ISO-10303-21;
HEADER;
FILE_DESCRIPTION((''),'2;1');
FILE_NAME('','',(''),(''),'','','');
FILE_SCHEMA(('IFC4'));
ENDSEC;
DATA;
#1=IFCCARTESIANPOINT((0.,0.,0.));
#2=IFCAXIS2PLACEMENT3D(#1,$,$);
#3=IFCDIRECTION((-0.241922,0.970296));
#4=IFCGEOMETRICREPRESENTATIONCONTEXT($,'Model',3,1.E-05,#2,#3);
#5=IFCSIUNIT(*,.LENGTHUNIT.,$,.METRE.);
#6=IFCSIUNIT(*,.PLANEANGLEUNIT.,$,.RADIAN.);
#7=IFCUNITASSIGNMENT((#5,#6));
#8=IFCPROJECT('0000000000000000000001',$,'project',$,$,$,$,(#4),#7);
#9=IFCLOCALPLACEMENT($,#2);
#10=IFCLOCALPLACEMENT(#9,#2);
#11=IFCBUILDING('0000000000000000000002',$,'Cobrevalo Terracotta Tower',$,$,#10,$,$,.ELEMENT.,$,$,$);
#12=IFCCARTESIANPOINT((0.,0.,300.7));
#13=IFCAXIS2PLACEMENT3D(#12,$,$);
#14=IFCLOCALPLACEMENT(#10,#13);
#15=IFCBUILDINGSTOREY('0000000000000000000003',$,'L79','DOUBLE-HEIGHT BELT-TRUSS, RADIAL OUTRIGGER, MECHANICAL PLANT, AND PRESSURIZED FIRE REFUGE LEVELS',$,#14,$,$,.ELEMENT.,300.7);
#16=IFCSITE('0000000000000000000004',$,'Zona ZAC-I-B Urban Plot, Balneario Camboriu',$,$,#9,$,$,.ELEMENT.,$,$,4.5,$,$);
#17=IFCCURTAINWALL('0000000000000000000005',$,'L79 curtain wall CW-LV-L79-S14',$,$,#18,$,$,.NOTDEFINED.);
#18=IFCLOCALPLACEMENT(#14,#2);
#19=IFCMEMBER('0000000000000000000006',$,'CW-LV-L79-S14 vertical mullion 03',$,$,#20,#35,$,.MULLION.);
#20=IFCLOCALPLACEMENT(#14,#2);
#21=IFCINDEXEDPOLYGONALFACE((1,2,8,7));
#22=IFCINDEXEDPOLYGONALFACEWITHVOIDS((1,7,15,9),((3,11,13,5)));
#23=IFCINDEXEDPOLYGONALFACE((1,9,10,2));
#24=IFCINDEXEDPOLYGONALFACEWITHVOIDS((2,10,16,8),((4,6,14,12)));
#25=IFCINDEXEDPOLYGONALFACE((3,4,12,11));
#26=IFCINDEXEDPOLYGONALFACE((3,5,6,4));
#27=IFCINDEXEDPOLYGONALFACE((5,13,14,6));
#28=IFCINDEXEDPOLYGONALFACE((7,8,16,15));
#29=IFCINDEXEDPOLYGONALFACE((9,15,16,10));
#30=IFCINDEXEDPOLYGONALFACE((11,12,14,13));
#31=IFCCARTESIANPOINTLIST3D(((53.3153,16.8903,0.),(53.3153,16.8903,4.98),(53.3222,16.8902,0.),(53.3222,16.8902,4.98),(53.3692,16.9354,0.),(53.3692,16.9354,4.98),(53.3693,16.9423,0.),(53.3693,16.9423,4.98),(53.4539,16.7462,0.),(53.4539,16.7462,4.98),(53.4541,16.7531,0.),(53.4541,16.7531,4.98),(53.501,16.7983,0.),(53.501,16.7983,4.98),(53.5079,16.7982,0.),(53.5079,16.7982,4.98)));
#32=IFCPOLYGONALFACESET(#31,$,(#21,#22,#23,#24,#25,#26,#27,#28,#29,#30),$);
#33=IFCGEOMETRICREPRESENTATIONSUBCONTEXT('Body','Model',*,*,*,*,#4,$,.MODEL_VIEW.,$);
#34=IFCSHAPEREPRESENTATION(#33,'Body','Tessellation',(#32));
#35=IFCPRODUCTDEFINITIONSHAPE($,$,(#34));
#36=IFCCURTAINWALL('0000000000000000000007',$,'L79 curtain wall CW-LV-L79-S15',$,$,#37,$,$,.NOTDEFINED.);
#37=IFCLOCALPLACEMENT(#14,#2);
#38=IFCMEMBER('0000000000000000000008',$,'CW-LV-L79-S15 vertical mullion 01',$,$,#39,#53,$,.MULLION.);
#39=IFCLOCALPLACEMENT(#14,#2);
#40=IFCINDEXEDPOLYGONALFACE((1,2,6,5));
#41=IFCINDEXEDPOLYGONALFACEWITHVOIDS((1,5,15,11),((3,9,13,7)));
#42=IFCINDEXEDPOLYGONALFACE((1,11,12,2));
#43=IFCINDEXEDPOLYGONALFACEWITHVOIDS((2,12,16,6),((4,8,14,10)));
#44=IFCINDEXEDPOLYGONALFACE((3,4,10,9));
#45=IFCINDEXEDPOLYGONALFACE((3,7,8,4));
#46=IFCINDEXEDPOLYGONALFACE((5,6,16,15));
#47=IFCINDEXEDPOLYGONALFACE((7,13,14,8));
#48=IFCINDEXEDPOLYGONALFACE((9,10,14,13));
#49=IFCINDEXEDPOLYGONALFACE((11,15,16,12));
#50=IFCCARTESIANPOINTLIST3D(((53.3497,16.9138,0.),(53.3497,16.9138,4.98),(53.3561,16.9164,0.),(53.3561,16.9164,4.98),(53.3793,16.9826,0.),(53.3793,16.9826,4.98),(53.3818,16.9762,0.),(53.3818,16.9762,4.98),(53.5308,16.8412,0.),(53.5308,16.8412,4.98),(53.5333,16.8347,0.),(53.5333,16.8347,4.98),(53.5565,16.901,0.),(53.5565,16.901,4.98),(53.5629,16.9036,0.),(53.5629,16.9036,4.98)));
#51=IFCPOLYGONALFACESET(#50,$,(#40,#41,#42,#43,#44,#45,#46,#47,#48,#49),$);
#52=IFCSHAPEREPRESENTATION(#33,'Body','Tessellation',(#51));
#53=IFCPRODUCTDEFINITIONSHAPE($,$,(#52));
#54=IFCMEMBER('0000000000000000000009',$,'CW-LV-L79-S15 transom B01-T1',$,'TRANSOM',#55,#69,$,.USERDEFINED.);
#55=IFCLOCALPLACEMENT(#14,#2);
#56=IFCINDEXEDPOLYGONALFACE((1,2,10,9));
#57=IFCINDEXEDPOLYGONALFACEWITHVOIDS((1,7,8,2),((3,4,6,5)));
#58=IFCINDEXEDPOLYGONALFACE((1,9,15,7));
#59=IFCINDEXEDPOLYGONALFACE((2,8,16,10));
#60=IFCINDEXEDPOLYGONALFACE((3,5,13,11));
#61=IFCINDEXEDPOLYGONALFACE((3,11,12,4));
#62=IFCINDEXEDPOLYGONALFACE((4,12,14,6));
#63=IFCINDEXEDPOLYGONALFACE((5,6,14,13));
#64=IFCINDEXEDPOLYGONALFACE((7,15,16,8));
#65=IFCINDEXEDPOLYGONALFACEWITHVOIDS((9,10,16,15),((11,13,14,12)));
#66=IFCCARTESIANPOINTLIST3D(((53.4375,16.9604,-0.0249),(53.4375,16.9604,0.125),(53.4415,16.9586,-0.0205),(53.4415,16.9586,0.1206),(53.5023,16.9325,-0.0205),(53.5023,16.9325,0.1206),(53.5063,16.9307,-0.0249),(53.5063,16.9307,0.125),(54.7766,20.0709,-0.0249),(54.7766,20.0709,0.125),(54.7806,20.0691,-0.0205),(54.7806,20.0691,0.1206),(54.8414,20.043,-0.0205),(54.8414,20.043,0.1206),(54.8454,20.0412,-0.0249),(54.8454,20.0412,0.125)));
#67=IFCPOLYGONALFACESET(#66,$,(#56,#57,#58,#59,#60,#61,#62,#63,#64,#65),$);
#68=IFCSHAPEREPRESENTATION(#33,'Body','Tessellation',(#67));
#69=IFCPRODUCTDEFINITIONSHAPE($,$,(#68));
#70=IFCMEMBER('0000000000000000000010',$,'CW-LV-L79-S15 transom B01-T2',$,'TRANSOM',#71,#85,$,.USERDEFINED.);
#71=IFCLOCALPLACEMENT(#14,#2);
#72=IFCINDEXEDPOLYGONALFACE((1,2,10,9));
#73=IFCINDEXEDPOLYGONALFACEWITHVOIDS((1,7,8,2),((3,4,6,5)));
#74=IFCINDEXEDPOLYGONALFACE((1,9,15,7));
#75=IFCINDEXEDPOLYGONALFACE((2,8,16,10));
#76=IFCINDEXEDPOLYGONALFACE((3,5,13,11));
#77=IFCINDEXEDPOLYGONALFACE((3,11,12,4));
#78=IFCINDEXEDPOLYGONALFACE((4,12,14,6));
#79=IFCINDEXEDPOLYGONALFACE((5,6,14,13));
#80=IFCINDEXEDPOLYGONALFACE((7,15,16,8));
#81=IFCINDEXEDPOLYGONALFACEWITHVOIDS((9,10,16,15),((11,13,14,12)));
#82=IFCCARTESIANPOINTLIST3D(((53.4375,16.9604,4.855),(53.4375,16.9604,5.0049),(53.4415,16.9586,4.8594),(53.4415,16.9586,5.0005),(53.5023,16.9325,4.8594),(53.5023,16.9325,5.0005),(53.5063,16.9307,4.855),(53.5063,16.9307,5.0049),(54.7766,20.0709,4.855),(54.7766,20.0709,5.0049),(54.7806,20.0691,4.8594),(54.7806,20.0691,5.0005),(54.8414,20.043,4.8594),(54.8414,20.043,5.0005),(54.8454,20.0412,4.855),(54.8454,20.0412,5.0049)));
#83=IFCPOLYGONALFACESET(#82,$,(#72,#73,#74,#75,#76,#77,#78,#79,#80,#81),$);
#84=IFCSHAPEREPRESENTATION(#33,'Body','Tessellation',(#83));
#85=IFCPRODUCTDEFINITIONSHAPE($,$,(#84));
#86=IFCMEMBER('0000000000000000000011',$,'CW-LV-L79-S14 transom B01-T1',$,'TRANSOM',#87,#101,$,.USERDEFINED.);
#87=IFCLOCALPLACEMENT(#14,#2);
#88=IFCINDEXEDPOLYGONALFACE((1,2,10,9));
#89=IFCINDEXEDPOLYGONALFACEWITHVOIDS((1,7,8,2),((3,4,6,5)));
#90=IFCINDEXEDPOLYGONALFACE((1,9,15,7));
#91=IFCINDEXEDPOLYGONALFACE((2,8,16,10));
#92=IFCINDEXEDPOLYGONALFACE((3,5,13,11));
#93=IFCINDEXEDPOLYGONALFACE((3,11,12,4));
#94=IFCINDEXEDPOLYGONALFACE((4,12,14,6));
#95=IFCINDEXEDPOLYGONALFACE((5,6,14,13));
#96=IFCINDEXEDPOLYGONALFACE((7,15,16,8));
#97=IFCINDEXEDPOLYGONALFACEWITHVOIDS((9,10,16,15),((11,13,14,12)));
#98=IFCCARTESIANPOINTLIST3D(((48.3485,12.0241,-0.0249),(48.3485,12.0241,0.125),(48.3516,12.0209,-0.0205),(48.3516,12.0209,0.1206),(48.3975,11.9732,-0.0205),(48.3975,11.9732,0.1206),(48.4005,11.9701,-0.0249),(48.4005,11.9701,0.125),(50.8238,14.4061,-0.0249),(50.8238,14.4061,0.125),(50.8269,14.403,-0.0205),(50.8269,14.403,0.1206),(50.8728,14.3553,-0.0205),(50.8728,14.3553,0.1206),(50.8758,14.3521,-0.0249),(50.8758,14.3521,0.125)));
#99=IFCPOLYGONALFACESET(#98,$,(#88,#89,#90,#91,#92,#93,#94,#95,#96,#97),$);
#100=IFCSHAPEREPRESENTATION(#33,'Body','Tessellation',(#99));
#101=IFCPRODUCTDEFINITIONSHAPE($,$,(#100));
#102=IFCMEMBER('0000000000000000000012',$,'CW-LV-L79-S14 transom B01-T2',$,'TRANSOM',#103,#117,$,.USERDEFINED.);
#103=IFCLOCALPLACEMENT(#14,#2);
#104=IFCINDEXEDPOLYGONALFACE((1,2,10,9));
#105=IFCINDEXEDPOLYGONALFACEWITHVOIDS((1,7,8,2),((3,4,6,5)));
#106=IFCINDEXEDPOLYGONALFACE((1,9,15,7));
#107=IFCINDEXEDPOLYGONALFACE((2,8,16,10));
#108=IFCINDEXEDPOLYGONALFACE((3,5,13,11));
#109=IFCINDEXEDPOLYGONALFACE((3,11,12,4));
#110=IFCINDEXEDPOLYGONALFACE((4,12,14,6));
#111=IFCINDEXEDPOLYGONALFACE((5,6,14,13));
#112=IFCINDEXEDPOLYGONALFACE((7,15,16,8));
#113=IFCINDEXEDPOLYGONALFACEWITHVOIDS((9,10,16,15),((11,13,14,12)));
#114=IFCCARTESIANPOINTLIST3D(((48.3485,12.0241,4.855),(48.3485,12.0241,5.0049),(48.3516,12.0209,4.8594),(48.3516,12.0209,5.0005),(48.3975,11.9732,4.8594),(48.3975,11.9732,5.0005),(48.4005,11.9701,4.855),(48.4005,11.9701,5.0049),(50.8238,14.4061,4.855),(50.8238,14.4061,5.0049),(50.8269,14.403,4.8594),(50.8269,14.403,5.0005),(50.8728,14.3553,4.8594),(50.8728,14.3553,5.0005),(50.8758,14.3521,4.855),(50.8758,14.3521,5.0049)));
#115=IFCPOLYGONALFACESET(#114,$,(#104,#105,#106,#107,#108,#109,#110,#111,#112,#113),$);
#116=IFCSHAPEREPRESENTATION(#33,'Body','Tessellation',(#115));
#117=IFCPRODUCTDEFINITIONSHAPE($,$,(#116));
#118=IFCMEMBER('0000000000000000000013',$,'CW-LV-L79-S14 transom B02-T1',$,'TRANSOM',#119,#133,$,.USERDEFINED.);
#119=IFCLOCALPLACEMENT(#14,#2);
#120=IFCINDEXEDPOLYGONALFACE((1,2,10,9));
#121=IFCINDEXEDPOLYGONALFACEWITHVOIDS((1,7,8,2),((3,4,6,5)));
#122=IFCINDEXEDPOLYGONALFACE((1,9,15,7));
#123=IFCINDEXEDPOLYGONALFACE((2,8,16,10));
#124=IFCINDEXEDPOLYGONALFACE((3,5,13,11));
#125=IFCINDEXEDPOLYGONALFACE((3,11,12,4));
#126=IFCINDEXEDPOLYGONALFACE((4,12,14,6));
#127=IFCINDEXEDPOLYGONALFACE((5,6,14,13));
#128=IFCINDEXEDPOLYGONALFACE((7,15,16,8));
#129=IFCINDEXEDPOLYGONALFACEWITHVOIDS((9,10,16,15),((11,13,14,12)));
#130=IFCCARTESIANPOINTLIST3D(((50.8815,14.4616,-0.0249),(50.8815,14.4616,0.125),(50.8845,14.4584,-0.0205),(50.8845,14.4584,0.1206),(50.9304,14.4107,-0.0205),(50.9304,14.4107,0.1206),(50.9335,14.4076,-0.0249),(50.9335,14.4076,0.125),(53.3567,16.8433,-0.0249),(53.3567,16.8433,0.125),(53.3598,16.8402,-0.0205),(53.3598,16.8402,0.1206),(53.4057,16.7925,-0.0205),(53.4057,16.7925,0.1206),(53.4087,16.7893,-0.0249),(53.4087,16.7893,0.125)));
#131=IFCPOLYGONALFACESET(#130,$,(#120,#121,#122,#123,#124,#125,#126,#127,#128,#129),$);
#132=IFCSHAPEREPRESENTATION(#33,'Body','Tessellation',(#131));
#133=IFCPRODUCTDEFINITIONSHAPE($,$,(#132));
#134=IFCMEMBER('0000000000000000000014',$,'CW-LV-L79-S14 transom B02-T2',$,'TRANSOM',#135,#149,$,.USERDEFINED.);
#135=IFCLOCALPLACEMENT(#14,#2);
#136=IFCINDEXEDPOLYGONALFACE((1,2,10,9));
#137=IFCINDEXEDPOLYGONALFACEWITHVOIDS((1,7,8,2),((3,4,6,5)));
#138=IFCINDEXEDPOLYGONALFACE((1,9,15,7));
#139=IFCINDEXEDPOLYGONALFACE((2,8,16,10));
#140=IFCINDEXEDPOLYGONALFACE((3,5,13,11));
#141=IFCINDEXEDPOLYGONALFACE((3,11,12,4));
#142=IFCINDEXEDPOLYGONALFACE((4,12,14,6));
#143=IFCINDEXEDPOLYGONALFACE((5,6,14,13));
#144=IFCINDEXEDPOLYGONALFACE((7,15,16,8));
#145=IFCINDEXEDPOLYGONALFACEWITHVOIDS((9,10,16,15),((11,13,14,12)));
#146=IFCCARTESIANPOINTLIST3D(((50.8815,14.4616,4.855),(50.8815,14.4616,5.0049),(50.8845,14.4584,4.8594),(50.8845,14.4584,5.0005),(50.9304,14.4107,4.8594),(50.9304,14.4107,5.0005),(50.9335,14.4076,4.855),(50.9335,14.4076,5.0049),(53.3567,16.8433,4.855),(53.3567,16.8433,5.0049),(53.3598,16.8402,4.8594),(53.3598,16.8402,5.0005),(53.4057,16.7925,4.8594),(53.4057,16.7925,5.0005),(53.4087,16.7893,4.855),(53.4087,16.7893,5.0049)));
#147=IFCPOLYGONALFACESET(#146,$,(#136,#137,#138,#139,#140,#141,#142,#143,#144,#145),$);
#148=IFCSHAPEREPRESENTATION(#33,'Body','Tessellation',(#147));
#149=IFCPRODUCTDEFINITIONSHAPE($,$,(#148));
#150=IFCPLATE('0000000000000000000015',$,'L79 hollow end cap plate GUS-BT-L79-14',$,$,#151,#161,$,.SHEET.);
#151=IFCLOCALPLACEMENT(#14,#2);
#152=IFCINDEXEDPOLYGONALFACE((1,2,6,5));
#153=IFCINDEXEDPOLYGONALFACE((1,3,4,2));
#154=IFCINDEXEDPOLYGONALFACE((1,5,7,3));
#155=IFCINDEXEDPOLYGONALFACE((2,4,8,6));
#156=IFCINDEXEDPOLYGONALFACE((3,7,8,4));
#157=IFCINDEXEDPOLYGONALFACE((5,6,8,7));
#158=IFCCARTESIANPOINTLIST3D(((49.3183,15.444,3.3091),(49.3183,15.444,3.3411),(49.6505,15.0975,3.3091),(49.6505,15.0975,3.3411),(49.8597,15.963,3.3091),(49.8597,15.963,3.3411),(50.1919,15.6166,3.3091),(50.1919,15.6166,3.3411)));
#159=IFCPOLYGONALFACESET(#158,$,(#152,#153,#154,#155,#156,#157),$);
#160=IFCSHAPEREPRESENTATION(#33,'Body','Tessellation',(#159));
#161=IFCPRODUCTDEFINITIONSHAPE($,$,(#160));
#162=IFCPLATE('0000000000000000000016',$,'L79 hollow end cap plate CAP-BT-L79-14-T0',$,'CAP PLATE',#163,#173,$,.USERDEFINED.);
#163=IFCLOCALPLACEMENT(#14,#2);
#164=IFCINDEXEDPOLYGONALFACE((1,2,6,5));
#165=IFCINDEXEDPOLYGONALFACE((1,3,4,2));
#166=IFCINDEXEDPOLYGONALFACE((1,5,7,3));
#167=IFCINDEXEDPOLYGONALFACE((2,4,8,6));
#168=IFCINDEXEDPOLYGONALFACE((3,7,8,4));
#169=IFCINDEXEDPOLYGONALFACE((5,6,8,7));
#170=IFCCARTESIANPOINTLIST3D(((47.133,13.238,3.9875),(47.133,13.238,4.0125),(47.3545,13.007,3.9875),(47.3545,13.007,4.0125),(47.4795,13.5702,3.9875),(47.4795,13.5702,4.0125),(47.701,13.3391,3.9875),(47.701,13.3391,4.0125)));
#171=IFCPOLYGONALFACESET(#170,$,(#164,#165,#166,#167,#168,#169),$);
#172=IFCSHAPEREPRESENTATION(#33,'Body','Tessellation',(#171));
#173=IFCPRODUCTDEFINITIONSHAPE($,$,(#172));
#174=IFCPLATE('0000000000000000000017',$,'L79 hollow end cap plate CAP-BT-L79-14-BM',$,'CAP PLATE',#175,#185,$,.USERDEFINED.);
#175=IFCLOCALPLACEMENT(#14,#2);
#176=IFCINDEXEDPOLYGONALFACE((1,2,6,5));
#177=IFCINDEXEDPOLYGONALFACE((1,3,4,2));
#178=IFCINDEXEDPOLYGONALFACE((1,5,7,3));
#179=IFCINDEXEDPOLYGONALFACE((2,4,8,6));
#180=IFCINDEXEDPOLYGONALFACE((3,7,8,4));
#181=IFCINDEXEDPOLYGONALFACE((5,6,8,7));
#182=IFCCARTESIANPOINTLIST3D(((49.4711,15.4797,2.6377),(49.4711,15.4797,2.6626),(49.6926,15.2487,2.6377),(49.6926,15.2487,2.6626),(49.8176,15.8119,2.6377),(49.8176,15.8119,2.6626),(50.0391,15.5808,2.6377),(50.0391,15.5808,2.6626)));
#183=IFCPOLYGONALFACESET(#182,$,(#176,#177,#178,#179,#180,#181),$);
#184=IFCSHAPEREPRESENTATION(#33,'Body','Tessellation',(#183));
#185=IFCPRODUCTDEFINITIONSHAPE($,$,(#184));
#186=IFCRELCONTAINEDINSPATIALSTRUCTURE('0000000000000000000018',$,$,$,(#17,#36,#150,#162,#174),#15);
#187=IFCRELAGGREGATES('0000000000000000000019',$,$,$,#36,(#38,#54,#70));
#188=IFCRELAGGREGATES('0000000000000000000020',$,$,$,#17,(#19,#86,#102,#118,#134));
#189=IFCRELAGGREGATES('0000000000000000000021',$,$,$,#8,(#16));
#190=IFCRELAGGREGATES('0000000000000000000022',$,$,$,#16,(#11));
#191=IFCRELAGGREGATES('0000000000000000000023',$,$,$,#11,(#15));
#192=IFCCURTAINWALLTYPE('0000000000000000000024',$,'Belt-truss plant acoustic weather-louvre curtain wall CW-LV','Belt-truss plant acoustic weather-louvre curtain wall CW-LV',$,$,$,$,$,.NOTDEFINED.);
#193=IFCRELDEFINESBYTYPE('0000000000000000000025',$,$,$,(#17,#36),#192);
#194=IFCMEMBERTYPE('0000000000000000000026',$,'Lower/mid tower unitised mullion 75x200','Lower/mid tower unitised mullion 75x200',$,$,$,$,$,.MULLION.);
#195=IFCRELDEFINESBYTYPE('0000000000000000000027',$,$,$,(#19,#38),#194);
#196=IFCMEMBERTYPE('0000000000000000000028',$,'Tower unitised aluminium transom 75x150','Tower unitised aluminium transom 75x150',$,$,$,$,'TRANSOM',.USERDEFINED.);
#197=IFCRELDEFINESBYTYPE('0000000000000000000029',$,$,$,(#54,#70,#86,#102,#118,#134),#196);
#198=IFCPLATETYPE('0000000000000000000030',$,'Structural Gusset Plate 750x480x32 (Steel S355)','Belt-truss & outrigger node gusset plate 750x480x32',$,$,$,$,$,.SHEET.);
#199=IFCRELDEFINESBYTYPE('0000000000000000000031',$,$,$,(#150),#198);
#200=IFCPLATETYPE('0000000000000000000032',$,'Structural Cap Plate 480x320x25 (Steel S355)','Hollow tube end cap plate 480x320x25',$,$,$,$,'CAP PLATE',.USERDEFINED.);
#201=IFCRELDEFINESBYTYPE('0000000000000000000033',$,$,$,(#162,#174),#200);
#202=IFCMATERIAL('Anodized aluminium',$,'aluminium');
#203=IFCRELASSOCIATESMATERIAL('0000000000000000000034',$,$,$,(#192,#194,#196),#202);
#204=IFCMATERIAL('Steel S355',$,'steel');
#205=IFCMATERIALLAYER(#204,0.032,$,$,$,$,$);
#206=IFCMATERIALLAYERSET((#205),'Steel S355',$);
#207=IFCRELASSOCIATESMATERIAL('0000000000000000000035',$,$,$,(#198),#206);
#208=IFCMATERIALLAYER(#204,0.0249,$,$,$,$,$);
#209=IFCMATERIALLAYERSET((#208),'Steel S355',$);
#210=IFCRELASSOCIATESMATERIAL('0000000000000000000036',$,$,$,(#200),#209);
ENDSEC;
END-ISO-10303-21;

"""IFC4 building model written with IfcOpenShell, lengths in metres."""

from ifc_helpers import new_model, si_unit, direction, frame, origin, origin_2d, place, context, subcontext, project, spatial, rectangle, hollow_rectangle, extrude, source, transform, mapped, material, layer, layer_set, material_profile, profile_set, type_object, element, aggregate, save


model = new_model("IFC4")

# Units and contexts
model_context = context("Model", 3, precision=1e-05, world=origin(), true_north=direction((-0.241922, 0.970296)))
body_context = subcontext(model_context, "Body", "Model", "MODEL_VIEW")
ifc_project = project(units=[si_unit("LENGTHUNIT", "METRE"), si_unit("PLANEANGLEUNIT", "RADIAN")], contexts=[model_context])

# Site, building, storey
site_placement = place(None, origin())
site = spatial("IfcSite", under=ifc_project, at=site_placement, Name="Zona ZAC-I-B Urban Plot, Balneario Camboriu", CompositionType="ELEMENT", RefElevation=4.5)
building_placement = place(site_placement, origin())
building = spatial("IfcBuilding", under=site, at=building_placement, Name="Cobrevalo Terracotta Tower", CompositionType="ELEMENT")
storey_placement = place(building_placement, frame((0.0, 0.0, 300.7)))
storey = spatial("IfcBuildingStorey", under=building, at=storey_placement, Name="L79", Description="DOUBLE-HEIGHT BELT-TRUSS, RADIAL OUTRIGGER, MECHANICAL PLANT, AND PRESSURIZED FIRE REFUGE LEVELS", CompositionType="ELEMENT", Elevation=300.7)

# Shared definitions
ifc_material_1 = material(Name="Steel S355", Category="steel")

# Shared definitions
ifc_material_2 = material(Name="Anodized aluminium", Category="aluminium")
curtain_wall_type = type_object("IfcCurtainWallType", Name="Belt-truss plant acoustic weather-louvre curtain wall CW-LV", Description="Belt-truss plant acoustic weather-louvre curtain wall CW-LV", PredefinedType="NOTDEFINED", material=ifc_material_2)
ifc_material_profile_1 = material_profile(ifc_material_2, hollow_rectangle(XDim=0.075, YDim=0.2, WallThickness=0.0049, at=origin_2d()), Name="CWM 75x200")
ifc_profile_set_1 = profile_set([ifc_material_profile_1], Name="Anodized aluminium")
member_type_1 = type_object("IfcMemberType", Name="Lower/mid tower unitised mullion 75x200", Description="Lower/mid tower unitised mullion 75x200", PredefinedType="MULLION", material=ifc_profile_set_1)
shared_shape_1 = source(origin(), body_context, "Body", "SweptSolid", [
    extrude(hollow_rectangle(XDim=0.075, YDim=0.2, WallThickness=0.0049, at=origin_2d()), origin(), (0.0, 0.0, 1.0), 4.98),
])

# Curtain walls, members
curtain_wall_1_placement = place(storey_placement, origin())
curtain_wall_1 = element("IfcCurtainWall", 1, at=curtain_wall_1_placement, inside=storey, type_object=curtain_wall_type, Name="L79 curtain wall CW-LV-L79-S14", PredefinedType="NOTDEFINED")
member_1_placement = place(storey_placement, frame((53.4116, 16.8442, 0.0), z_axis=(0.0, 0.0, 1.0), x_axis=(0.720551, 0.693402, 0.0)))
member_1 = element("IfcMember", 2, at=member_1_placement, type_object=member_type_1, Name="CW-LV-L79-S14 vertical mullion 03", PredefinedType="MULLION", context=body_context, shape_type="MappedRepresentation", body=[
    mapped(shared_shape_1, transform((0.0, 0.0, 0.0), scale=1.0)),
])
curtain_wall_2_placement = place(storey_placement, origin())
curtain_wall_2 = element("IfcCurtainWall", 3, at=curtain_wall_2_placement, inside=storey, type_object=curtain_wall_type, Name="L79 curtain wall CW-LV-L79-S15", PredefinedType="NOTDEFINED")
member_2_placement = place(storey_placement, frame((53.4563, 16.9087, 0.0), z_axis=(0.0, 0.0, 1.0), x_axis=(0.395369, 0.918522, 0.0)))
member_2 = element("IfcMember", 4, at=member_2_placement, type_object=member_type_1, Name="CW-LV-L79-S15 vertical mullion 01", PredefinedType="MULLION", context=body_context, shape_type="MappedRepresentation", body=[
    mapped(shared_shape_1, transform((0.0, 0.0, 0.0), scale=1.0)),
])
ifc_material_profile_2 = material_profile(ifc_material_2, hollow_rectangle(XDim=0.075, YDim=0.1499, WallThickness=0.0044, at=origin_2d()), Name="CWT 75x150")
ifc_profile_set_2 = profile_set([ifc_material_profile_2], Name="Anodized aluminium")
member_type_2 = type_object("IfcMemberType", Name="Tower unitised aluminium transom 75x150", Description="Tower unitised aluminium transom 75x150", ElementType="TRANSOM", PredefinedType="USERDEFINED", material=ifc_profile_set_2)
shared_shape_2 = source(origin(), body_context, "Body", "SweptSolid", [
    extrude(hollow_rectangle(XDim=0.075, YDim=0.1499, WallThickness=0.0044, at=origin_2d()), origin(), (0.0, 0.0, 1.0), 3.3865),
])
member_3_placement = place(storey_placement, frame((53.4719, 16.9456, 0.05), z_axis=(0.395415, 0.918502, 0.0), x_axis=(-0.918502, 0.395415, 0.0)))
member_3 = element("IfcMember", 5, at=member_3_placement, type_object=member_type_2, Name="CW-LV-L79-S15 transom B01-T1", ObjectType="TRANSOM", PredefinedType="USERDEFINED", context=body_context, shape_type="MappedRepresentation", body=[
    mapped(shared_shape_2, transform((0.0, 0.0, 0.0), scale=1.0)),
])
member_4_placement = place(storey_placement, frame((53.4719, 16.9456, 4.9299), z_axis=(0.395415, 0.918502, 0.0), x_axis=(-0.918502, 0.395415, 0.0)))
member_4 = element("IfcMember", 6, at=member_4_placement, type_object=member_type_2, Name="CW-LV-L79-S15 transom B01-T2", ObjectType="TRANSOM", PredefinedType="USERDEFINED", context=body_context, shape_type="MappedRepresentation", body=[
    mapped(shared_shape_2, transform((0.0, 0.0, 0.0), scale=1.0)),
])
aggregate(curtain_wall_2, [member_2, member_3, member_4])

# Members
shared_shape_3 = source(origin(), body_context, "Body", "SweptSolid", [
    extrude(hollow_rectangle(XDim=0.075, YDim=0.1499, WallThickness=0.0044, at=origin_2d()), origin(), (0.0, 0.0, 1.0), 3.4353),
])
member_5_placement = place(storey_placement, frame((48.3745, 11.9971, 0.05), z_axis=(0.72055, 0.693403, 0.0), x_axis=(-0.693403, 0.72055, 0.0)))
member_5 = element("IfcMember", 7, at=member_5_placement, type_object=member_type_2, Name="CW-LV-L79-S14 transom B01-T1", ObjectType="TRANSOM", PredefinedType="USERDEFINED", context=body_context, shape_type="MappedRepresentation", body=[
    mapped(shared_shape_3, transform((0.0, 0.0, 0.0), scale=1.0)),
])
member_6_placement = place(storey_placement, frame((48.3745, 11.9971, 4.9299), z_axis=(0.72055, 0.693403, 0.0), x_axis=(-0.693403, 0.72055, 0.0)))
member_6 = element("IfcMember", 8, at=member_6_placement, type_object=member_type_2, Name="CW-LV-L79-S14 transom B01-T2", ObjectType="TRANSOM", PredefinedType="USERDEFINED", context=body_context, shape_type="MappedRepresentation", body=[
    mapped(shared_shape_3, transform((0.0, 0.0, 0.0), scale=1.0)),
])
shared_shape_4 = source(origin(), body_context, "Body", "SweptSolid", [
    extrude(hollow_rectangle(XDim=0.075, YDim=0.1499, WallThickness=0.0044, at=origin_2d()), origin(), (0.0, 0.0, 1.0), 3.4351),
])
member_7_placement = place(storey_placement, frame((50.9075, 14.4346, 0.05), z_axis=(0.720586, 0.693366, 0.0), x_axis=(-0.693366, 0.720586, 0.0)))
member_7 = element("IfcMember", 9, at=member_7_placement, type_object=member_type_2, Name="CW-LV-L79-S14 transom B02-T1", ObjectType="TRANSOM", PredefinedType="USERDEFINED", context=body_context, shape_type="MappedRepresentation", body=[
    mapped(shared_shape_4, transform((0.0, 0.0, 0.0), scale=1.0)),
])
member_8_placement = place(storey_placement, frame((50.9075, 14.4346, 4.9299), z_axis=(0.720586, 0.693366, 0.0), x_axis=(-0.693366, 0.720586, 0.0)))
member_8 = element("IfcMember", 10, at=member_8_placement, type_object=member_type_2, Name="CW-LV-L79-S14 transom B02-T2", ObjectType="TRANSOM", PredefinedType="USERDEFINED", context=body_context, shape_type="MappedRepresentation", body=[
    mapped(shared_shape_4, transform((0.0, 0.0, 0.0), scale=1.0)),
])

# Plates
ifc_layer_1 = layer(ifc_material_1, 0.032)
ifc_layer_set_1 = layer_set([ifc_layer_1], Name="Steel S355")
plate_type_1 = type_object("IfcPlateType", Name="Structural Gusset Plate 750x480x32 (Steel S355)", Description="Belt-truss & outrigger node gusset plate 750x480x32", PredefinedType="SHEET", material=ifc_layer_set_1)
shared_shape_5 = source(origin(), body_context, "Body", "SweptSolid", [
    extrude(rectangle(XDim=0.75, YDim=0.48, at=origin_2d()), origin(), (0.0, 0.0, 1.0), 0.032),
])
plate_1_placement = place(storey_placement, frame((49.7551, 15.5303, 3.3091), z_axis=(0.0, 0.0, 1.0), x_axis=(0.721856, 0.692044, 0.0)))
element("IfcPlate", 11, at=plate_1_placement, inside=storey, type_object=plate_type_1, Name="L79 hollow end cap plate GUS-BT-L79-14", PredefinedType="SHEET", context=body_context, shape_type="MappedRepresentation", body=[
    mapped(shared_shape_5, transform((0.0, 0.0, 0.0), scale=1.0)),
])
ifc_layer_2 = layer(ifc_material_1, 0.0249)
ifc_layer_set_2 = layer_set([ifc_layer_2], Name="Steel S355")
plate_type_2 = type_object("IfcPlateType", Name="Structural Cap Plate 480x320x25 (Steel S355)", Description="Hollow tube end cap plate 480x320x25", ElementType="CAP PLATE", PredefinedType="USERDEFINED", material=ifc_layer_set_2)
shared_shape_6 = source(origin(), body_context, "Body", "SweptSolid", [
    extrude(rectangle(XDim=0.48, YDim=0.3201, at=origin_2d()), origin(), (0.0, 0.0, 1.0), 0.0249),
])
for number, where, z_axis, x_axis, name in (
    (12, (47.417, 13.2886, 3.9875), (0.0, 0.0, 1.0), (0.721856, 0.692044, 0.0), "L79 hollow end cap plate CAP-BT-L79-14-T0"),
    (13, (49.7551, 15.5303, 2.6377), (0.0, 0.0, 1.0), (0.721856, 0.692044, 0.0), "L79 hollow end cap plate CAP-BT-L79-14-BM"),
):
    element("IfcPlate", number, at=place(storey_placement, frame(where, z_axis=z_axis, x_axis=x_axis)), inside=storey, type_object=plate_type_2, Name=name, ObjectType="CAP PLATE", PredefinedType="USERDEFINED", context=body_context, shape_type="MappedRepresentation", body=[
        mapped(shared_shape_6, transform((0.0, 0.0, 0.0), scale=1.0)),
    ])

aggregate(curtain_wall_1, [member_1, member_5, member_6, member_7, member_8])

save(model, "model.ifc")
